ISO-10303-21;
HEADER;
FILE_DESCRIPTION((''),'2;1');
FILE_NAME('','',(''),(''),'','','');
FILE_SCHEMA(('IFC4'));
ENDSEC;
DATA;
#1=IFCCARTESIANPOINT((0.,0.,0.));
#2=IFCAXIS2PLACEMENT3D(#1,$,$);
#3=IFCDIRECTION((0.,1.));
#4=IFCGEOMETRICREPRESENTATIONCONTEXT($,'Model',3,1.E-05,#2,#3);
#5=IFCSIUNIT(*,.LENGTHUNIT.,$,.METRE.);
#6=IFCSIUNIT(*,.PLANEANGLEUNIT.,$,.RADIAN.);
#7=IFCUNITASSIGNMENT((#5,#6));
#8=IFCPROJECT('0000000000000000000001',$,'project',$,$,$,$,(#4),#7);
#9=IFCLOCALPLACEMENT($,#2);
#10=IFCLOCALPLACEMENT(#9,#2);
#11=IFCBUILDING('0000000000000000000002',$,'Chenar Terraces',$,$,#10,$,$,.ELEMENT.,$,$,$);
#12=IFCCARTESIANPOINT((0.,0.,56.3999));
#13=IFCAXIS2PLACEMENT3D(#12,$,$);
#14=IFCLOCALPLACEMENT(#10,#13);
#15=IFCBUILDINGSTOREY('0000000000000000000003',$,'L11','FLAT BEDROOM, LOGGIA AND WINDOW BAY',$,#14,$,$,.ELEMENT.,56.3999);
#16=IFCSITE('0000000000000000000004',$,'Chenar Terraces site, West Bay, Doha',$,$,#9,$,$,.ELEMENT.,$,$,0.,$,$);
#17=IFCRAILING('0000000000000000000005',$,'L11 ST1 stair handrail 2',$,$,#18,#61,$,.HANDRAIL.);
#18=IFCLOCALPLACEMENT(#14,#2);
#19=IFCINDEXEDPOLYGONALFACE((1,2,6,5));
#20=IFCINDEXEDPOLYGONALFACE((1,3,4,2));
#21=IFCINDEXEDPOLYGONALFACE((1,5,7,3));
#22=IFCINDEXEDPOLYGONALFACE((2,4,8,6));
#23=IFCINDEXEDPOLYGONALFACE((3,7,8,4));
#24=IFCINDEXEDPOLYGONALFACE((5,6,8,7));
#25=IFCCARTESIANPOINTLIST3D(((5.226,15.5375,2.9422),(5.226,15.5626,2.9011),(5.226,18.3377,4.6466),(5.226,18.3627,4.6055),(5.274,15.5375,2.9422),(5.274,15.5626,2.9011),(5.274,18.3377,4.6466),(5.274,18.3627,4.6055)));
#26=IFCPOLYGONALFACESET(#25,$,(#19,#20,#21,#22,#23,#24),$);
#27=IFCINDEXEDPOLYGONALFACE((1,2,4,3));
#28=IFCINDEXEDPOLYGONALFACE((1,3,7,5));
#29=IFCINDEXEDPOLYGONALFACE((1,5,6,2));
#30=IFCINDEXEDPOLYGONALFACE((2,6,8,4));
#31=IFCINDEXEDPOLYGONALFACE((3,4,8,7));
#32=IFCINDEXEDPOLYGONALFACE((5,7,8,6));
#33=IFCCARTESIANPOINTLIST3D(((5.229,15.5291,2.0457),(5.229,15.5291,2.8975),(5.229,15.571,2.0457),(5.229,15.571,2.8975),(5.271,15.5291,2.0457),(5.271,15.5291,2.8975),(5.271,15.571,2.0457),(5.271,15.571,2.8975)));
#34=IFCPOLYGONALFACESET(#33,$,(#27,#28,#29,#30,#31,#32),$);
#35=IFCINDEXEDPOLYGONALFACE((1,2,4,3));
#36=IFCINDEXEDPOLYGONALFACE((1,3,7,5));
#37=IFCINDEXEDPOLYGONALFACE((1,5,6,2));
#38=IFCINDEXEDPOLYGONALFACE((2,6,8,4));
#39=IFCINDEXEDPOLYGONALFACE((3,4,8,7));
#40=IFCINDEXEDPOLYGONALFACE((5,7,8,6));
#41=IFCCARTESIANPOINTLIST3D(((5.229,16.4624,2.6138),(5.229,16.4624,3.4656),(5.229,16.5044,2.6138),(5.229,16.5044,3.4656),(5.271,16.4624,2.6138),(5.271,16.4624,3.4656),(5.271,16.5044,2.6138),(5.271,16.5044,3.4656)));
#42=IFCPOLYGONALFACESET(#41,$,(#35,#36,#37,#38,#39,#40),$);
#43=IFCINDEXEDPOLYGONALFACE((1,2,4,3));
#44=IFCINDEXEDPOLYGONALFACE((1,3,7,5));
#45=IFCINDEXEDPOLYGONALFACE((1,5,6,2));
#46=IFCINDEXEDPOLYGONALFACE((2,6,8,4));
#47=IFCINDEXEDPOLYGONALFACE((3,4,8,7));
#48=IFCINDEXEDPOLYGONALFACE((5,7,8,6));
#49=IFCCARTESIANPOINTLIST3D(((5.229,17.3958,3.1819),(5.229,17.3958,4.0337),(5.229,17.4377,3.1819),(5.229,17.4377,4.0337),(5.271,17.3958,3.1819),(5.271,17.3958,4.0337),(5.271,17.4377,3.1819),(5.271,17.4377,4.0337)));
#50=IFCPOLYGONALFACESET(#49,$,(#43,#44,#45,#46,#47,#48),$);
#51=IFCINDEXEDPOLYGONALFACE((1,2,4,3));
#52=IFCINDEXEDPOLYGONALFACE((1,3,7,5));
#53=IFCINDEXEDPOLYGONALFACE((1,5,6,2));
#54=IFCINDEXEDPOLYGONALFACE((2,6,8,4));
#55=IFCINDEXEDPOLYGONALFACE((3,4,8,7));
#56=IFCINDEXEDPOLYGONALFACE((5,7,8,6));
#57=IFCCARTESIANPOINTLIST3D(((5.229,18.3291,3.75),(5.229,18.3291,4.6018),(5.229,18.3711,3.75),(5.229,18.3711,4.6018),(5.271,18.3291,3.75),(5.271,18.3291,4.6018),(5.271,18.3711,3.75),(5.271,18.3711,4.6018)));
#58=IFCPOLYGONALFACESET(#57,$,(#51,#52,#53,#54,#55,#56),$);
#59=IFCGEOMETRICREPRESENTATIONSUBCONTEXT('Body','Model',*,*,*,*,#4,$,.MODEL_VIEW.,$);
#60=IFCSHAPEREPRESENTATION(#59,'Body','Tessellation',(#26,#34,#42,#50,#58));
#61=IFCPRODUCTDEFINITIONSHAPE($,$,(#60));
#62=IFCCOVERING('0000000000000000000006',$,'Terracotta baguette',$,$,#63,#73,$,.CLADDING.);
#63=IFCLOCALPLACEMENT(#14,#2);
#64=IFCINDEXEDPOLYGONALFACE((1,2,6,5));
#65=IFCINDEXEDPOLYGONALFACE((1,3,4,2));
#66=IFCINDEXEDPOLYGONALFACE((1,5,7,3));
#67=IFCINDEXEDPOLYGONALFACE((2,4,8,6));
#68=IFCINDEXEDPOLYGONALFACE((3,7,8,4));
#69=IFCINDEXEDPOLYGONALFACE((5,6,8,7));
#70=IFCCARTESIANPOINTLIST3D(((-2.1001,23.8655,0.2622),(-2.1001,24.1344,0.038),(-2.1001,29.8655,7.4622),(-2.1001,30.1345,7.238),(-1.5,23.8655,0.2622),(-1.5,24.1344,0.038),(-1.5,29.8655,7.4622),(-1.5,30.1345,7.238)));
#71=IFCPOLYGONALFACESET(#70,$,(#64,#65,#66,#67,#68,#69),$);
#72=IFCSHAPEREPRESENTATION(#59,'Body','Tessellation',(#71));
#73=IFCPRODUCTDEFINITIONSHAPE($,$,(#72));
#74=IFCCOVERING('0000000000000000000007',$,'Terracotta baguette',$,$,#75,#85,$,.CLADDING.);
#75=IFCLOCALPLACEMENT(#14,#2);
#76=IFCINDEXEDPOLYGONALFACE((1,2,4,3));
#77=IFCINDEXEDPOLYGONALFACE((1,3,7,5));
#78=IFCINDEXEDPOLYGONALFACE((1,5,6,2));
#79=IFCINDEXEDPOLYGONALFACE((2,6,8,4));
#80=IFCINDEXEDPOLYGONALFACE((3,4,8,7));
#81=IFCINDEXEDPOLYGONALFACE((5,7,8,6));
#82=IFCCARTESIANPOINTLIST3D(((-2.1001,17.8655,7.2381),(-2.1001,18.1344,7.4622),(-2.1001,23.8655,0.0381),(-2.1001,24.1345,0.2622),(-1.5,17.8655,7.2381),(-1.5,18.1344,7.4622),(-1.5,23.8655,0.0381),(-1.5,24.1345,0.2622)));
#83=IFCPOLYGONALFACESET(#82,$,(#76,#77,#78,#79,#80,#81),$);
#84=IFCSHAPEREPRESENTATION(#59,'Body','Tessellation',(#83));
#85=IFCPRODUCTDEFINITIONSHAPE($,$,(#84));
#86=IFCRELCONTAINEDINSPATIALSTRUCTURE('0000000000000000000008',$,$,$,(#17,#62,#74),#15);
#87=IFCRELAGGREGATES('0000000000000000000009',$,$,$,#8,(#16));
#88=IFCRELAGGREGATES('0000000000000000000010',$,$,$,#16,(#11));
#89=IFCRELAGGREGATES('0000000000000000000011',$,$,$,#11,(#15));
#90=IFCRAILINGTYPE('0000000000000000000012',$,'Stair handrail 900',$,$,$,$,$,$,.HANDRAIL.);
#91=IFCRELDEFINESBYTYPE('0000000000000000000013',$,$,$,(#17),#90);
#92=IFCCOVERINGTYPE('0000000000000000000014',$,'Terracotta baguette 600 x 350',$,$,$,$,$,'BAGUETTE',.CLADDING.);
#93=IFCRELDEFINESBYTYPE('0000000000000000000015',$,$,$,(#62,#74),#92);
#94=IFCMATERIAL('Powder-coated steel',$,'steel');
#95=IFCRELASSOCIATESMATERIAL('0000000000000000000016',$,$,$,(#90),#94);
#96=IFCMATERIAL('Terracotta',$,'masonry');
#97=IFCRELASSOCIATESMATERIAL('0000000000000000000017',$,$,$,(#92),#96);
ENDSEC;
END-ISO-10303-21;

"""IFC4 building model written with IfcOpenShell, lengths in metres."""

from ifc_helpers import new_model, si_unit, direction, frame, origin, origin_2d, place, context, subcontext, project, spatial, rectangle, extrude, material, material_profile, profile_set, type_object, element, save


model = new_model("IFC4")

# Units and contexts
model_context = context("Model", 3, precision=1e-05, world=origin(), true_north=direction((0.0, 1.0)))
body_context = subcontext(model_context, "Body", "Model", "MODEL_VIEW")
ifc_project = project(units=[si_unit("LENGTHUNIT", "METRE"), si_unit("PLANEANGLEUNIT", "RADIAN")], contexts=[model_context])

# Site, building, storey
site_placement = place(None, origin())
site = spatial("IfcSite", under=ifc_project, at=site_placement, Name="Chenar Terraces site, West Bay, Doha", CompositionType="ELEMENT", RefElevation=0.0)
building_placement = place(site_placement, origin())
building = spatial("IfcBuilding", under=site, at=building_placement, Name="Chenar Terraces", CompositionType="ELEMENT")
storey_placement = place(building_placement, frame((0.0, 0.0, 56.3999)))
storey = spatial("IfcBuildingStorey", under=building, at=storey_placement, Name="L11", Description="FLAT BEDROOM, LOGGIA AND WINDOW BAY", CompositionType="ELEMENT", Elevation=56.3999)

# Railing
ifc_material_1 = material(Name="Powder-coated steel", Category="steel")
railing_type_1 = type_object("IfcRailingType", Name="Stair handrail 900", PredefinedType="HANDRAIL", material=ifc_material_1)
railing_1_placement = place(storey_placement, frame((5.25, 15.55, 2.0457)))
element("IfcRailing", 1, at=railing_1_placement, inside=storey, type_object=railing_type_1, Name="L11 ST1 stair handrail 2", PredefinedType="HANDRAIL", context=body_context, shape_type="SweptSolid", body=[
    extrude(rectangle(XDim=0.0481, YDim=0.0481, at=origin_2d()), frame((0.0, 0.0, 0.876), z_axis=(0.0, 0.854203, 0.51994), x_axis=(-1.0, 0.0, 0.0)), (0.0, 0.0, 1.0), 3.2781),
    extrude(rectangle(XDim=0.042, YDim=0.042, at=origin_2d()), origin(), (0.0, 0.0, 1.0), 0.8518),
    extrude(rectangle(XDim=0.042, YDim=0.042, at=origin_2d()), frame((0.0, 0.9333, 0.5681)), (0.0, 0.0, 1.0), 0.8518),
    extrude(rectangle(XDim=0.042, YDim=0.042, at=origin_2d()), frame((0.0, 1.8667, 1.1362)), (0.0, 0.0, 1.0), 0.8518),
    extrude(rectangle(XDim=0.042, YDim=0.042, at=origin_2d()), frame((0.0, 2.8, 1.7043)), (0.0, 0.0, 1.0), 0.8518),
])

# Coverings
ifc_material_2 = material(Name="Terracotta", Category="masonry")
ifc_material_profile_1 = material_profile(ifc_material_2, rectangle(XDim=0.6001, YDim=0.3501, at=origin_2d()), Name="Terracotta baguette 600 x 350")
ifc_profile_set_1 = profile_set([ifc_material_profile_1], Name="Terracotta")
covering_type = type_object("IfcCoveringType", Name="Terracotta baguette 600 x 350", ElementType="BAGUETTE", PredefinedType="CLADDING", material=ifc_profile_set_1)
for number, where, z_axis, x_axis, name in (
    (2, (-1.8, 30.0, 7.3501), (0.0, -0.640187, -0.768219), (1.0, 0.0, 0.0), "Terracotta baguette"),
    (3, (-1.8, 24.0, 0.1501), (0.0, -0.640187, 0.768219), (1.0, 0.0, 0.0), "Terracotta baguette"),
):
    element("IfcCovering", number, at=place(storey_placement, frame(where, z_axis=z_axis, x_axis=x_axis)), inside=storey, type_object=covering_type, Name=name, PredefinedType="CLADDING", context=body_context, shape_type="SweptSolid", body=[
        extrude(rectangle(XDim=0.6001, YDim=0.3501, at=origin_2d()), origin(), (0.0, 0.0, 1.0), 9.3723),
    ])

save(model, "model.ifc")
